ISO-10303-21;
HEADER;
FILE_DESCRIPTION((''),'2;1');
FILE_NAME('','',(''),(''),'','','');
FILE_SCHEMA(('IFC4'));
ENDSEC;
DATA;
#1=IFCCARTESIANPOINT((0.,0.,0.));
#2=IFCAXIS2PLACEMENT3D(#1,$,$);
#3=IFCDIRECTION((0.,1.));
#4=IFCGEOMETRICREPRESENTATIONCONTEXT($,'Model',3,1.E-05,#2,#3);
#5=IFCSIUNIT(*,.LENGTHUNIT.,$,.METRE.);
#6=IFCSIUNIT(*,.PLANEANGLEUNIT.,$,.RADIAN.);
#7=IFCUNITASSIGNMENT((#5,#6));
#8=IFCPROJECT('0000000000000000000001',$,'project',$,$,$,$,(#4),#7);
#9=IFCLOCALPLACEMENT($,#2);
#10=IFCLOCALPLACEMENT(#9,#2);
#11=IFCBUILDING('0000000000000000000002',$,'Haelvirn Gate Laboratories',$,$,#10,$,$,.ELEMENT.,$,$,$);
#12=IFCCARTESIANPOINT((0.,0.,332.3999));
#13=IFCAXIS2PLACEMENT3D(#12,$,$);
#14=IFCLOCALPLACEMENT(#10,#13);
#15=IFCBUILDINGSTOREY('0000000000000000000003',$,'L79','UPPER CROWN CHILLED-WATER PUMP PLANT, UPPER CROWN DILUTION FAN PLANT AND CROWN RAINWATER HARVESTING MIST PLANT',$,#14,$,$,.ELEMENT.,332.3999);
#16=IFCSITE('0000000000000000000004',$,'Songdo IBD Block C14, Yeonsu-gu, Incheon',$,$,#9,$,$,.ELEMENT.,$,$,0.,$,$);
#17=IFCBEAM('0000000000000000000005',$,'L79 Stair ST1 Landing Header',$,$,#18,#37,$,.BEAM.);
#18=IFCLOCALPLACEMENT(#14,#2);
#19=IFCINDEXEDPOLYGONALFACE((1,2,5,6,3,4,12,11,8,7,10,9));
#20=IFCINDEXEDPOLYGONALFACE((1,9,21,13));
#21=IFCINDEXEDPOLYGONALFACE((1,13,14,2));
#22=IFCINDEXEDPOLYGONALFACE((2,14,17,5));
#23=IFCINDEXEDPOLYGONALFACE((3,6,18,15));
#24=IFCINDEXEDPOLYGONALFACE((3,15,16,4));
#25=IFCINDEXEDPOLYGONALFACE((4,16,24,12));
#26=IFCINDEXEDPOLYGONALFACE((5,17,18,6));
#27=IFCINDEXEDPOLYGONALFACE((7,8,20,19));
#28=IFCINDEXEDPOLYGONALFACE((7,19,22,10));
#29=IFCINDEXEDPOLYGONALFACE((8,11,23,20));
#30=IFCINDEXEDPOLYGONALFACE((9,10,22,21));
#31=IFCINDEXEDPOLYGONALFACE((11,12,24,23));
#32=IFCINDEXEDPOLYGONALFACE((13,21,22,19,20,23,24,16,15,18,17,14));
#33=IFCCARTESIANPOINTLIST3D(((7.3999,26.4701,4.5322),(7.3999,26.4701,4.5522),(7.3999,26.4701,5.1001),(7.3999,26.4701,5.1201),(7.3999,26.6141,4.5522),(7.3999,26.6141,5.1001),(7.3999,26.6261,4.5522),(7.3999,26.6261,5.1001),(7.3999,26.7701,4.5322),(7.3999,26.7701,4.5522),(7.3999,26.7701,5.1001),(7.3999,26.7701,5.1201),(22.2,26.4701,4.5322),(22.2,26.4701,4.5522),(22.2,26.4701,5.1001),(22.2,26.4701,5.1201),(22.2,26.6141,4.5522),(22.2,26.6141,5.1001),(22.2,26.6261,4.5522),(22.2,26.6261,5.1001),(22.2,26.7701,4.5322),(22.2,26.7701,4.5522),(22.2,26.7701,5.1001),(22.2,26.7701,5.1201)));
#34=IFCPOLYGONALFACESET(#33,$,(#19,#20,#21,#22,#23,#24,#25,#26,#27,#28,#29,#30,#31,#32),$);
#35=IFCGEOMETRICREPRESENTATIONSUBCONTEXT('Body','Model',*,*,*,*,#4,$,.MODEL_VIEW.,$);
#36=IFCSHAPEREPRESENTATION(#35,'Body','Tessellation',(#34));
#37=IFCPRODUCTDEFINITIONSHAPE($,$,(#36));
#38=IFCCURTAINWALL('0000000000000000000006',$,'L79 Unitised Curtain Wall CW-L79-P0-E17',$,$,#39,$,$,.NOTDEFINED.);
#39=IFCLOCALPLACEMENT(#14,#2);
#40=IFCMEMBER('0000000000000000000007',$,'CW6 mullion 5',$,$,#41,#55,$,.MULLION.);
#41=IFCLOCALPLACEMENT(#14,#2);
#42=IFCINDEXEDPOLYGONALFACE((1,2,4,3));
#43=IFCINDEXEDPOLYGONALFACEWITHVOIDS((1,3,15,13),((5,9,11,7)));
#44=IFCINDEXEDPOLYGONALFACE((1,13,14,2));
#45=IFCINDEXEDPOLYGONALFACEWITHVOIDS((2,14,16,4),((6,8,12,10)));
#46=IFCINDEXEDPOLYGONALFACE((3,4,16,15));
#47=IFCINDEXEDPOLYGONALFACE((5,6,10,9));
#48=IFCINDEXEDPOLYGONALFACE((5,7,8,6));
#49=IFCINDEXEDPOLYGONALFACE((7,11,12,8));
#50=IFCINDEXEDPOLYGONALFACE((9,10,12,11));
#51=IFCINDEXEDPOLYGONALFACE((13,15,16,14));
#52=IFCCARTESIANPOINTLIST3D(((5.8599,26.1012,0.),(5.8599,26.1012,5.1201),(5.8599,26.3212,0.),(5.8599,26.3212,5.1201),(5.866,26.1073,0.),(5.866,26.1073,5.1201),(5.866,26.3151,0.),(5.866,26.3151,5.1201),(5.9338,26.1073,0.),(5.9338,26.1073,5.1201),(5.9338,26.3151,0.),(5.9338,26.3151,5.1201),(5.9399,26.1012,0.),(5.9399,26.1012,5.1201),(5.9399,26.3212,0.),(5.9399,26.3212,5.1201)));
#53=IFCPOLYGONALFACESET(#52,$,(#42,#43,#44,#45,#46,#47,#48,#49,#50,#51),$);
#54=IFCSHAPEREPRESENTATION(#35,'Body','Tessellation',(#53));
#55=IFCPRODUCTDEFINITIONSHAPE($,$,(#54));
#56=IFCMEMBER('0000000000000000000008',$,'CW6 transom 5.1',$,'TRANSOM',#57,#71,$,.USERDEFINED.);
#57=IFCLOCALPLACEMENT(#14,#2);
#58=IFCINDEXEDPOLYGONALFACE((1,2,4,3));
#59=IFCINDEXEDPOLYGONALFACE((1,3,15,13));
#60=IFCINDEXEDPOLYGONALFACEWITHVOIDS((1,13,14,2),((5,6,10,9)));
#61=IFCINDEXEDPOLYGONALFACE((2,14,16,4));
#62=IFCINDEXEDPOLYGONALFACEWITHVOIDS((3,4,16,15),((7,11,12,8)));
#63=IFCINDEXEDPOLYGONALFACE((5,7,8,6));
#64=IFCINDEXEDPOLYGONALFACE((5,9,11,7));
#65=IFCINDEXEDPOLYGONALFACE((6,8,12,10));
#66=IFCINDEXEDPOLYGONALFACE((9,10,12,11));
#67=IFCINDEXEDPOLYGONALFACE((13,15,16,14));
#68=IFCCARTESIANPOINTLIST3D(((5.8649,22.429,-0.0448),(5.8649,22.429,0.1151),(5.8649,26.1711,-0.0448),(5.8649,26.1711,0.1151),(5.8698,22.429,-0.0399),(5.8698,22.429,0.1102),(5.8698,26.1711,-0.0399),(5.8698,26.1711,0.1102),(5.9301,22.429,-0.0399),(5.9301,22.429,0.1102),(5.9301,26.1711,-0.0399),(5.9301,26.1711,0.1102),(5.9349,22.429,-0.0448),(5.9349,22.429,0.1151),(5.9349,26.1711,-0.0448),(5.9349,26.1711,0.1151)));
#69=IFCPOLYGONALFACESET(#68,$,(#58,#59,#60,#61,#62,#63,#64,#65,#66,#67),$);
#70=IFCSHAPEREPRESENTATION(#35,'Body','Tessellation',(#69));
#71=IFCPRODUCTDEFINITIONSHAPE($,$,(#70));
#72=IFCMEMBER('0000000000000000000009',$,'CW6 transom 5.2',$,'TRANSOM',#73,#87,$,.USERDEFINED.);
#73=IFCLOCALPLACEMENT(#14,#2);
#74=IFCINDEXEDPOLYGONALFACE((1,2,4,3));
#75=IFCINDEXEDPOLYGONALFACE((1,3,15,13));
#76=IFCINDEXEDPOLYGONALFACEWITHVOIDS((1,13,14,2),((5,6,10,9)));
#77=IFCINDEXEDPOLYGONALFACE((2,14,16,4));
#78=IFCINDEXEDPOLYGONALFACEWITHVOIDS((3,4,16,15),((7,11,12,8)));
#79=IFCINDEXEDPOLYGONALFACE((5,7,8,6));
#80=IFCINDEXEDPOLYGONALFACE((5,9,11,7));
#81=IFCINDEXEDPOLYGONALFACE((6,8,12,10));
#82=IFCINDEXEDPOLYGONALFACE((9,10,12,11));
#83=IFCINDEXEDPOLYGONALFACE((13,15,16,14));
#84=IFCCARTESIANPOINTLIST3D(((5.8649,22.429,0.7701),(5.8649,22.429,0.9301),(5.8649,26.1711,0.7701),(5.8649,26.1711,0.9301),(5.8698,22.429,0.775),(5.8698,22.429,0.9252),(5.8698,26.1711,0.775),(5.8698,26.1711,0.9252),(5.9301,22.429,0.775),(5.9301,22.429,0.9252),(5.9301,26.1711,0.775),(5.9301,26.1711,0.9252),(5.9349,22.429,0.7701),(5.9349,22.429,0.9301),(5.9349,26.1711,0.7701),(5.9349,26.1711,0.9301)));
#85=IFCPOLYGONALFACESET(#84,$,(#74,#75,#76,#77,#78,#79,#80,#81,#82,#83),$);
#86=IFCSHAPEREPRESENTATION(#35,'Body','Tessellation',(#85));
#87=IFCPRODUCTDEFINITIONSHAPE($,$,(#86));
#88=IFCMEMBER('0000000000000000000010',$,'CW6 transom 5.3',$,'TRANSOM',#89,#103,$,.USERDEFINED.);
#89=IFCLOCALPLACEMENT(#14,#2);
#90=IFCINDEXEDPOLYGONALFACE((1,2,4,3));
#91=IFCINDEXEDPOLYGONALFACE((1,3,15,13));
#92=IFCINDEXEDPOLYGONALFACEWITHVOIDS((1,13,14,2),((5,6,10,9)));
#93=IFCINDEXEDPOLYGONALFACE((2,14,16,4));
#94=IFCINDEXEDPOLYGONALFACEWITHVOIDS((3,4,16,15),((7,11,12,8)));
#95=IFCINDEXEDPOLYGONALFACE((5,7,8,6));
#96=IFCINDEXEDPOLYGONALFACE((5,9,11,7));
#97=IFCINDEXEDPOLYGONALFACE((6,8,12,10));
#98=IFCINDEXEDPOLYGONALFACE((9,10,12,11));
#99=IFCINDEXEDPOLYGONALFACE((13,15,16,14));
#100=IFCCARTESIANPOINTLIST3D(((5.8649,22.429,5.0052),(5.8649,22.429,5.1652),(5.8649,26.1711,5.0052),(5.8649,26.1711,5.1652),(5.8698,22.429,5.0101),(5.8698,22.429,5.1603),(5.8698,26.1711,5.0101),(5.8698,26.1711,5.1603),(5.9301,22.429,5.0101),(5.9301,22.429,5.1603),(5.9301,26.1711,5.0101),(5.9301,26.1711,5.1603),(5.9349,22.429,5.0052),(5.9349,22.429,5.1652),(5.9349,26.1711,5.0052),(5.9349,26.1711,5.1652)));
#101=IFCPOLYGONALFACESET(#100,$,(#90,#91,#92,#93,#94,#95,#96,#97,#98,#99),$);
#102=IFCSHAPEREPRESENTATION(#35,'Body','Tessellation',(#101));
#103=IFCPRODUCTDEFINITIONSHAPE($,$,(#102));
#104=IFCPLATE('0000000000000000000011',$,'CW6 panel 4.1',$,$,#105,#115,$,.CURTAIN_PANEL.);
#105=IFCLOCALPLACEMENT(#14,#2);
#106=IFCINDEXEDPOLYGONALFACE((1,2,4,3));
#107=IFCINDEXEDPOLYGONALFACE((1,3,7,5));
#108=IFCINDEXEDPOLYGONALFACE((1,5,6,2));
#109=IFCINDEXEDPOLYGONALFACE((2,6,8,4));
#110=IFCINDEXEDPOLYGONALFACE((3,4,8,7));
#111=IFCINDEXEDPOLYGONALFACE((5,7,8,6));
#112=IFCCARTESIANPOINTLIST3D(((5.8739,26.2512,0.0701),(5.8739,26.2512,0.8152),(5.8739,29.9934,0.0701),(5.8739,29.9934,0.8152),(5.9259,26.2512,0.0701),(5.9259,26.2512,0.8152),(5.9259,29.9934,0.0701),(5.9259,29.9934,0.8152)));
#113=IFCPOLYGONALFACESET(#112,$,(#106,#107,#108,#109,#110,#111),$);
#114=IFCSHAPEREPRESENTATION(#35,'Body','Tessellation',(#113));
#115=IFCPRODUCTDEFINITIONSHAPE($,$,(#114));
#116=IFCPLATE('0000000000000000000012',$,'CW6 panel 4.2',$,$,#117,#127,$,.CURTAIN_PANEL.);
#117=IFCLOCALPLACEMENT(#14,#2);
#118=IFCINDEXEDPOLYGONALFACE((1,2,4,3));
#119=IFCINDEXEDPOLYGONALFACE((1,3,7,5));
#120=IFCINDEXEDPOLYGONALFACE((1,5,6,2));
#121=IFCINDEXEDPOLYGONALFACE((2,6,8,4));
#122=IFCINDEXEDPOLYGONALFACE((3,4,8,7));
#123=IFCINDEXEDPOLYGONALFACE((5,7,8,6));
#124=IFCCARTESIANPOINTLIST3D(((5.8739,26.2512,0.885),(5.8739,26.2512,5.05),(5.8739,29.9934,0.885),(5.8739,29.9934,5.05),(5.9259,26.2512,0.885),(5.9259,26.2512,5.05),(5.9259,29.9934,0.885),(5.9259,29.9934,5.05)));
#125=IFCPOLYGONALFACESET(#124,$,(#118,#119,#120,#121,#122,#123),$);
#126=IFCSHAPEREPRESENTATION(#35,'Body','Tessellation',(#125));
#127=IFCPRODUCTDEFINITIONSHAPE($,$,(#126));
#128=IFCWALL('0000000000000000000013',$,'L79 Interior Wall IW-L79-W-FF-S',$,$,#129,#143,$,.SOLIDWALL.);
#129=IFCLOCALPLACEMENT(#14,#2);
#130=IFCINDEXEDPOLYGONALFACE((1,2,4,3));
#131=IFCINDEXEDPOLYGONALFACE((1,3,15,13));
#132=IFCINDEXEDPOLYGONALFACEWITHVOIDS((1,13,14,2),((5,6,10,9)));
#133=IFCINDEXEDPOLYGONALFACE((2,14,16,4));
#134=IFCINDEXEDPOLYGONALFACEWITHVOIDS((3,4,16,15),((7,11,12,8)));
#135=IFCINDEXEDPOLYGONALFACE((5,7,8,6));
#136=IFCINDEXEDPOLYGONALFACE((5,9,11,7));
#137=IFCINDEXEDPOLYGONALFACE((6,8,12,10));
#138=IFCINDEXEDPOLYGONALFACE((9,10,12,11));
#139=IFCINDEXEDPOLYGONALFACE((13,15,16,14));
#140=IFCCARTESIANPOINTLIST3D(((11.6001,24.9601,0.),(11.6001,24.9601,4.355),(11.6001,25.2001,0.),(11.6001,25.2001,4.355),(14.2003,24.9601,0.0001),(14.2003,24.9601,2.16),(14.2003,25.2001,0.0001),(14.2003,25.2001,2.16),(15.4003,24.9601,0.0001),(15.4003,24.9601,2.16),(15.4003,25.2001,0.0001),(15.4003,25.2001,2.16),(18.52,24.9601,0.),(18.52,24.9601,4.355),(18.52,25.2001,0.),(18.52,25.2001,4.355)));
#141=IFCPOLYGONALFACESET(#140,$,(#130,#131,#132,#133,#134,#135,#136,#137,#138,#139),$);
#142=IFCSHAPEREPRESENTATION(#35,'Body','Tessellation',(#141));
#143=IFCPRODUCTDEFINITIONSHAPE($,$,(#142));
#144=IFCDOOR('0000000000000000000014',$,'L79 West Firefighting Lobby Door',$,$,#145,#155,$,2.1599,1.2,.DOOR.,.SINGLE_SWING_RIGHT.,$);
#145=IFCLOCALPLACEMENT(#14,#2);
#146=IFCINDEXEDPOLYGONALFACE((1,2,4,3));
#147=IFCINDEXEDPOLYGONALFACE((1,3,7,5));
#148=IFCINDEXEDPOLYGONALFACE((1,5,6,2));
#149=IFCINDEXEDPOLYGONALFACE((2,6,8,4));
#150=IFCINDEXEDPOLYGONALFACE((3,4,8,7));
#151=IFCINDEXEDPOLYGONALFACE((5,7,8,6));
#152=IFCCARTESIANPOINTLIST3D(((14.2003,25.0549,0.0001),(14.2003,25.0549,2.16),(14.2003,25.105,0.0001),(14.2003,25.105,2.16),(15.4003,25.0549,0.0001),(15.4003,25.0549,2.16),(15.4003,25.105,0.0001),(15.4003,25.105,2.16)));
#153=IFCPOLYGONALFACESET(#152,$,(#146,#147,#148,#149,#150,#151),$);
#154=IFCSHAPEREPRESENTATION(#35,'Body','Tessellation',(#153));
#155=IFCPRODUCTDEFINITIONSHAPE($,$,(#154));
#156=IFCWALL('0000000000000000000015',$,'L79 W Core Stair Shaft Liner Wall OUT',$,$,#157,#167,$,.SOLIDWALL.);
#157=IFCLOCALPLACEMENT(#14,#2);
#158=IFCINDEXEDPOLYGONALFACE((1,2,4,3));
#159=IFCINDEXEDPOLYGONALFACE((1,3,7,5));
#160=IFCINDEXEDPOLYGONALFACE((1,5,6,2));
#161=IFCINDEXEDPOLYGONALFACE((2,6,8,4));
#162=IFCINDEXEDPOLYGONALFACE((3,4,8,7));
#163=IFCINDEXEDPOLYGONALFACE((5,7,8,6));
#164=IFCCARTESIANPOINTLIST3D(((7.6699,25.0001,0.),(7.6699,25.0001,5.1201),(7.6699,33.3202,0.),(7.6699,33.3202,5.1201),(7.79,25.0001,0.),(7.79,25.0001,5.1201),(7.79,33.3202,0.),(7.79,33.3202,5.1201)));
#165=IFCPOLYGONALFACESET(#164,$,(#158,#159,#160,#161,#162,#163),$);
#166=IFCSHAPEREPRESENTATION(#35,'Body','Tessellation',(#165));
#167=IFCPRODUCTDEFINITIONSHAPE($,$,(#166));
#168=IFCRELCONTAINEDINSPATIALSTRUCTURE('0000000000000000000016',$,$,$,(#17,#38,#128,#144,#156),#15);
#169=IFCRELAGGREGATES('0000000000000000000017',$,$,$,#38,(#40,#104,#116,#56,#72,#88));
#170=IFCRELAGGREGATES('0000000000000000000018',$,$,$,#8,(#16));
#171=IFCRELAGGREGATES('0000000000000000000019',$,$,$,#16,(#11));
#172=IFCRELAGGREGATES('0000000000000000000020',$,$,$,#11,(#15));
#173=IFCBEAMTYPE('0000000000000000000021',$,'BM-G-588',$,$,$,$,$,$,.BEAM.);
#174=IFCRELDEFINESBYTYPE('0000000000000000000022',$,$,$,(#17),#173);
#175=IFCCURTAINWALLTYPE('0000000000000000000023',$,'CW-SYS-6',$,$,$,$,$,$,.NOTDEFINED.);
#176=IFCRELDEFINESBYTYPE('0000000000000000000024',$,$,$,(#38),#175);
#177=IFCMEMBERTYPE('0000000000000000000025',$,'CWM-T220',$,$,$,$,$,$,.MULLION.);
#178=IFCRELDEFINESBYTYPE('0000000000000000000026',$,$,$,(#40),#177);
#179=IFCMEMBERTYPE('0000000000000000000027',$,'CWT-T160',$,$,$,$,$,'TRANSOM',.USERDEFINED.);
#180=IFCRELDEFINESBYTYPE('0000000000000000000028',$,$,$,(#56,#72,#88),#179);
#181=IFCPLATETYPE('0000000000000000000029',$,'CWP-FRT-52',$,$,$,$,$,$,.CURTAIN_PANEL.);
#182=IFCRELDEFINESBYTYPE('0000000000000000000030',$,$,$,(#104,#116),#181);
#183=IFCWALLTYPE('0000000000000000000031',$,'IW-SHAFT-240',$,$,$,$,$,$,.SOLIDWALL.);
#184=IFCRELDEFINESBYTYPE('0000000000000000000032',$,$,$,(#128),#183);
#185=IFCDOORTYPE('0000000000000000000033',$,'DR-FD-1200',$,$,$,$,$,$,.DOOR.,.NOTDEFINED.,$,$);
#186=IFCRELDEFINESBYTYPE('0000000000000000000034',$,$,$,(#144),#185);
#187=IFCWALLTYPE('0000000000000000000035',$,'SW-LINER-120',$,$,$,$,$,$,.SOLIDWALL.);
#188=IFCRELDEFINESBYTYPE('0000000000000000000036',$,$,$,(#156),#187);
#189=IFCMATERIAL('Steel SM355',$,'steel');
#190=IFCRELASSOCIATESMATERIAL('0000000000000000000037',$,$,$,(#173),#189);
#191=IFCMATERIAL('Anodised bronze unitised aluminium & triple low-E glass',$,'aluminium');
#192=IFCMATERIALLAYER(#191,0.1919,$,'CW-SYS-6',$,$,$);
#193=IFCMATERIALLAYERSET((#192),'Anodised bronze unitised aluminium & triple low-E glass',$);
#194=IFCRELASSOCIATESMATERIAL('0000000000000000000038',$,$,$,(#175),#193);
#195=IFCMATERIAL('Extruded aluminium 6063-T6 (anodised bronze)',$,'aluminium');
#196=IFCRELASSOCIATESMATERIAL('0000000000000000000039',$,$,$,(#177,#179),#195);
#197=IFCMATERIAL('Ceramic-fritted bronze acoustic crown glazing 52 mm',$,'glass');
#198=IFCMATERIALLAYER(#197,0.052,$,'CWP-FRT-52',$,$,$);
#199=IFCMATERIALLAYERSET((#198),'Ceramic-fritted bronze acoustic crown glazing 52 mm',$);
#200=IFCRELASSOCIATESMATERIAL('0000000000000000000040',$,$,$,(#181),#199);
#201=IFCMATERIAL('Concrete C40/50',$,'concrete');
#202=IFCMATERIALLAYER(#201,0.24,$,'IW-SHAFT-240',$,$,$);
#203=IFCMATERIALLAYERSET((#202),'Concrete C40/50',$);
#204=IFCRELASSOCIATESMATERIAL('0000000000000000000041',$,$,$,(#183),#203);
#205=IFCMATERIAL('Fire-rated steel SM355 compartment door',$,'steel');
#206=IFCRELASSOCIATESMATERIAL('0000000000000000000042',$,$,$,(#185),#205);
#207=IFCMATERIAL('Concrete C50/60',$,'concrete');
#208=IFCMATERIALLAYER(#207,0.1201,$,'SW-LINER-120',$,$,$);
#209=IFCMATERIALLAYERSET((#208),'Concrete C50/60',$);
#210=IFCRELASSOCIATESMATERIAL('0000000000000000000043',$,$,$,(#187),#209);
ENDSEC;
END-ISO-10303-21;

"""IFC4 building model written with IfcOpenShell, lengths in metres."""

from ifc_helpers import new_model, si_unit, direction, frame, frame_2d, origin, origin_2d, place, context, subcontext, project, spatial, rectangle, hollow_rectangle, i_section, extrude, source, transform, mapped, material, layer, layer_set, material_profile, profile_set, type_object, type_shapes, element, fill, aggregate, save


model = new_model("IFC4")

# Units and contexts
model_context = context("Model", 3, precision=1e-05, world=origin(), true_north=direction((0.0, 1.0)))
body_context = subcontext(model_context, "Body", "Model", "MODEL_VIEW")
ifc_project = project(units=[si_unit("LENGTHUNIT", "METRE"), si_unit("PLANEANGLEUNIT", "RADIAN")], contexts=[model_context])

# Site, building, storey
site_placement = place(None, origin())
site = spatial("IfcSite", under=ifc_project, at=site_placement, Name="Songdo IBD Block C14, Yeonsu-gu, Incheon", CompositionType="ELEMENT", RefElevation=0.0)
building_placement = place(site_placement, origin())
building = spatial("IfcBuilding", under=site, at=building_placement, Name="Haelvirn Gate Laboratories", CompositionType="ELEMENT")
storey_placement = place(building_placement, frame((0.0, 0.0, 332.3999)))
storey = spatial("IfcBuildingStorey", under=building, at=storey_placement, Name="L79", Description="UPPER CROWN CHILLED-WATER PUMP PLANT, UPPER CROWN DILUTION FAN PLANT AND CROWN RAINWATER HARVESTING MIST PLANT", CompositionType="ELEMENT", Elevation=332.3999)

# Beam
ifc_material_1 = material(Name="Steel SM355", Category="steel")
ifc_material_profile_1 = material_profile(ifc_material_1, i_section(OverallWidth=0.3, OverallDepth=0.5879, WebThickness=0.012, FlangeThickness=0.02, at=origin_2d()), Name="H-588x300x12x20")
ifc_profile_set_1 = profile_set([ifc_material_profile_1], Name="Steel SM355")
beam_type = type_object("IfcBeamType", Name="BM-G-588", PredefinedType="BEAM", material=ifc_profile_set_1)
shared_shape_1 = source(origin(), body_context, "Body", "SweptSolid", [
    extrude(i_section(OverallWidth=0.3, OverallDepth=0.5879, WebThickness=0.012, FlangeThickness=0.02, at=origin_2d()), origin(), (0.0, 0.0, 1.0), 14.8),
])
type_shapes(beam_type, [shared_shape_1])
beam_placement = place(storey_placement, frame((7.3999, 26.6201, 4.8262), z_axis=(1.0, 0.0, 0.0), x_axis=(0.0, 1.0, 0.0)))
element("IfcBeam", 1, at=beam_placement, inside=storey, type_object=beam_type, Name="L79 Stair ST1 Landing Header", PredefinedType="BEAM", context=body_context, shape_type="MappedRepresentation", body=[
    mapped(shared_shape_1, transform((0.0, 0.0, 0.0), scale=1.0)),
])

# Curtain wall, members, plates
ifc_material_2 = material(Name="Anodised bronze unitised aluminium & triple low-E glass", Category="aluminium")
ifc_layer_1 = layer(ifc_material_2, 0.1919, Name="CW-SYS-6")
ifc_layer_set_1 = layer_set([ifc_layer_1], Name="Anodised bronze unitised aluminium & triple low-E glass")
curtain_wall_type = type_object("IfcCurtainWallType", Name="CW-SYS-6", PredefinedType="NOTDEFINED", material=ifc_layer_set_1)
curtain_wall_placement = place(storey_placement, origin())
curtain_wall = element("IfcCurtainWall", 2, at=curtain_wall_placement, inside=storey, type_object=curtain_wall_type, Name="L79 Unitised Curtain Wall CW-L79-P0-E17", PredefinedType="NOTDEFINED")
ifc_material_3 = material(Name="Extruded aluminium 6063-T6 (anodised bronze)", Category="aluminium")
ifc_material_profile_2 = material_profile(ifc_material_3, hollow_rectangle(XDim=0.0801, YDim=0.22, WallThickness=0.0061, at=origin_2d()), Name="CWM-220x80x6")
ifc_profile_set_2 = profile_set([ifc_material_profile_2], Name="Extruded aluminium 6063-T6 (anodised bronze)")
member_type_1 = type_object("IfcMemberType", Name="CWM-T220", PredefinedType="MULLION", material=ifc_profile_set_2)
shared_shape_2 = source(origin(), body_context, "Body", "SweptSolid", [
    extrude(hollow_rectangle(XDim=0.0801, YDim=0.22, WallThickness=0.0061, at=origin_2d()), origin(), (0.0, 0.0, 1.0), 5.1201),
])
type_shapes(member_type_1, [shared_shape_2])
member_1_placement = place(storey_placement, frame((5.8999, 26.2112, 0.0), z_axis=(0.0, 0.0, 1.0), x_axis=(1.0, 0.0, 0.0)))
member_1 = element("IfcMember", 3, at=member_1_placement, type_object=member_type_1, Name="CW6 mullion 5", PredefinedType="MULLION", context=body_context, shape_type="MappedRepresentation", body=[
    mapped(shared_shape_2, transform((0.0, 0.0, 0.0), scale=1.0)),
])
ifc_material_profile_3 = material_profile(ifc_material_3, hollow_rectangle(XDim=0.0701, YDim=0.1599, WallThickness=0.0049, at=origin_2d()), Name="CWT-160x70x5")
ifc_profile_set_3 = profile_set([ifc_material_profile_3], Name="Extruded aluminium 6063-T6 (anodised bronze)")
member_type_2 = type_object("IfcMemberType", Name="CWT-T160", ElementType="TRANSOM", PredefinedType="USERDEFINED", material=ifc_profile_set_3)
shared_shape_3 = source(origin(), body_context, "Body", "SweptSolid", [
    extrude(hollow_rectangle(XDim=0.0701, YDim=0.1599, WallThickness=0.0049, at=origin_2d()), origin(), (0.0, 0.0, 1.0), 3.7422),
])
type_shapes(member_type_2, [shared_shape_3])
member_2_placement = place(storey_placement, frame((5.8999, 26.1711, 0.0352), z_axis=(0.0, -1.0, 0.0), x_axis=(1.0, 0.0, 0.0)))
member_2 = element("IfcMember", 4, at=member_2_placement, type_object=member_type_2, Name="CW6 transom 5.1", ObjectType="TRANSOM", PredefinedType="USERDEFINED", context=body_context, shape_type="MappedRepresentation", body=[
    mapped(shared_shape_3, transform((0.0, 0.0, 0.0), scale=1.0)),
])
member_3_placement = place(storey_placement, frame((5.8999, 26.1711, 0.8501), z_axis=(0.0, -1.0, 0.0), x_axis=(1.0, 0.0, 0.0)))
member_3 = element("IfcMember", 5, at=member_3_placement, type_object=member_type_2, Name="CW6 transom 5.2", ObjectType="TRANSOM", PredefinedType="USERDEFINED", context=body_context, shape_type="MappedRepresentation", body=[
    mapped(shared_shape_3, transform((0.0, 0.0, 0.0), scale=1.0)),
])
member_4_placement = place(storey_placement, frame((5.8999, 26.1711, 5.0852), z_axis=(0.0, -1.0, 0.0), x_axis=(1.0, 0.0, 0.0)))
member_4 = element("IfcMember", 6, at=member_4_placement, type_object=member_type_2, Name="CW6 transom 5.3", ObjectType="TRANSOM", PredefinedType="USERDEFINED", context=body_context, shape_type="MappedRepresentation", body=[
    mapped(shared_shape_3, transform((0.0, 0.0, 0.0), scale=1.0)),
])
ifc_material_4 = material(Name="Ceramic-fritted bronze acoustic crown glazing 52 mm", Category="glass")
ifc_layer_2 = layer(ifc_material_4, 0.052, Name="CWP-FRT-52")
ifc_layer_set_2 = layer_set([ifc_layer_2], Name="Ceramic-fritted bronze acoustic crown glazing 52 mm")
plate_type = type_object("IfcPlateType", Name="CWP-FRT-52", PredefinedType="CURTAIN_PANEL", material=ifc_layer_set_2)
shared_shape_4 = source(origin(), body_context, "Body", "SweptSolid", [
    extrude(rectangle(XDim=3.7422, YDim=0.052, at=origin_2d()), origin(), (0.0, 0.0, 1.0), 0.7451),
])
plate_1_placement = place(storey_placement, frame((5.8999, 28.1223, 0.0701), z_axis=(0.0, 0.0, 1.0), x_axis=(0.0, -1.0, 0.0)))
plate_1 = element("IfcPlate", 7, at=plate_1_placement, type_object=plate_type, Name="CW6 panel 4.1", PredefinedType="CURTAIN_PANEL", context=body_context, shape_type="MappedRepresentation", body=[
    mapped(shared_shape_4, transform((0.0, 0.0, 0.0), scale=1.0)),
])
shared_shape_5 = source(origin(), body_context, "Body", "SweptSolid", [
    extrude(rectangle(XDim=3.7422, YDim=0.052, at=origin_2d()), origin(), (0.0, 0.0, 1.0), 4.165),
])
type_shapes(plate_type, [shared_shape_4, shared_shape_5])
plate_2_placement = place(storey_placement, frame((5.8999, 28.1223, 0.885), z_axis=(0.0, 0.0, 1.0), x_axis=(0.0, -1.0, 0.0)))
plate_2 = element("IfcPlate", 8, at=plate_2_placement, type_object=plate_type, Name="CW6 panel 4.2", PredefinedType="CURTAIN_PANEL", context=body_context, shape_type="MappedRepresentation", body=[
    mapped(shared_shape_5, transform((0.0, 0.0, 0.0), scale=1.0)),
])
aggregate(curtain_wall, [member_1, plate_1, plate_2, member_2, member_3, member_4])

# Wall, opening, door
ifc_material_5 = material(Name="Concrete C40/50", Category="concrete")
ifc_layer_3 = layer(ifc_material_5, 0.24, Name="IW-SHAFT-240")
ifc_layer_set_3 = layer_set([ifc_layer_3], Name="Concrete C40/50")
wall_type_1 = type_object("IfcWallType", Name="IW-SHAFT-240", PredefinedType="SOLIDWALL", material=ifc_layer_set_3)
wall_1_placement = place(storey_placement, frame((11.6001, 25.0801, 0.0), z_axis=(0.0, 0.0, 1.0), x_axis=(1.0, 0.0, 0.0)))
wall_1 = element("IfcWall", 9, at=wall_1_placement, inside=storey, type_object=wall_type_1, Name="L79 Interior Wall IW-L79-W-FF-S", PredefinedType="SOLIDWALL", context=body_context, shape_type="SweptSolid", body=[
    extrude(rectangle(XDim=6.9199, YDim=0.24, at=frame_2d((3.46, 0.0))), origin(), (0.0, 0.0, 1.0), 4.355),
])
opening_1_placement = place(wall_1_placement, frame((2.6001, 0.0, 0.0)))
opening_1 = element("IfcOpeningElement", 10, at=opening_1_placement, cuts=wall_1, PredefinedType="OPENING", context=body_context, shape_type="SweptSolid", body=[
    extrude(rectangle(XDim=1.2, YDim=2.1599, at=frame_2d((0.6001, 1.0801))), frame((0.0, 0.1299, 0.0), z_axis=(0.0, -1.0, 0.0), x_axis=(1.0, 0.0, 0.0)), (0.0, 0.0, 1.0), 0.26),
])
ifc_material_6 = material(Name="Fire-rated steel SM355 compartment door", Category="steel")
door_type_1 = type_object("IfcDoorType", Name="DR-FD-1200", OperationType="NOTDEFINED", PredefinedType="DOOR", material=ifc_material_6)
shared_shape_6 = source(origin(), body_context, "Body", "SweptSolid", [
    extrude(rectangle(XDim=1.2, YDim=2.1599, at=frame_2d((0.6001, 1.0801))), frame((0.0, 0.0249, 0.0), z_axis=(0.0, -1.0, 0.0), x_axis=(1.0, 0.0, 0.0)), (0.0, 0.0, 1.0), 0.05),
])
type_shapes(door_type_1, [shared_shape_6])
door_1_placement = place(opening_1_placement, origin())
door_1 = element("IfcDoor", 11, at=door_1_placement, inside=storey, type_object=door_type_1, Name="L79 West Firefighting Lobby Door", OperationType="SINGLE_SWING_RIGHT", OverallHeight=2.1599, OverallWidth=1.2, PredefinedType="DOOR", context=body_context, shape_type="MappedRepresentation", body=[
    mapped(shared_shape_6, transform((0.0, 0.0, 0.0), scale=1.0)),
])
fill(opening_1, door_1)

# Wall
ifc_material_7 = material(Name="Concrete C50/60", Category="concrete")
ifc_layer_4 = layer(ifc_material_7, 0.1201, Name="SW-LINER-120")
ifc_layer_set_4 = layer_set([ifc_layer_4], Name="Concrete C50/60")
wall_type_2 = type_object("IfcWallType", Name="SW-LINER-120", PredefinedType="SOLIDWALL", material=ifc_layer_set_4)
wall_2_placement = place(storey_placement, frame((7.73, 25.0, 0.0), z_axis=(0.0, 0.0, 1.0), x_axis=(0.0, 1.0, 0.0)))
element("IfcWall", 12, at=wall_2_placement, inside=storey, type_object=wall_type_2, Name="L79 W Core Stair Shaft Liner Wall OUT", PredefinedType="SOLIDWALL", context=body_context, shape_type="SweptSolid", body=[
    extrude(rectangle(XDim=8.3201, YDim=0.1201, at=frame_2d((4.1602, 0.0))), origin(), (0.0, 0.0, 1.0), 5.1201),
])

save(model, "model.ifc")
